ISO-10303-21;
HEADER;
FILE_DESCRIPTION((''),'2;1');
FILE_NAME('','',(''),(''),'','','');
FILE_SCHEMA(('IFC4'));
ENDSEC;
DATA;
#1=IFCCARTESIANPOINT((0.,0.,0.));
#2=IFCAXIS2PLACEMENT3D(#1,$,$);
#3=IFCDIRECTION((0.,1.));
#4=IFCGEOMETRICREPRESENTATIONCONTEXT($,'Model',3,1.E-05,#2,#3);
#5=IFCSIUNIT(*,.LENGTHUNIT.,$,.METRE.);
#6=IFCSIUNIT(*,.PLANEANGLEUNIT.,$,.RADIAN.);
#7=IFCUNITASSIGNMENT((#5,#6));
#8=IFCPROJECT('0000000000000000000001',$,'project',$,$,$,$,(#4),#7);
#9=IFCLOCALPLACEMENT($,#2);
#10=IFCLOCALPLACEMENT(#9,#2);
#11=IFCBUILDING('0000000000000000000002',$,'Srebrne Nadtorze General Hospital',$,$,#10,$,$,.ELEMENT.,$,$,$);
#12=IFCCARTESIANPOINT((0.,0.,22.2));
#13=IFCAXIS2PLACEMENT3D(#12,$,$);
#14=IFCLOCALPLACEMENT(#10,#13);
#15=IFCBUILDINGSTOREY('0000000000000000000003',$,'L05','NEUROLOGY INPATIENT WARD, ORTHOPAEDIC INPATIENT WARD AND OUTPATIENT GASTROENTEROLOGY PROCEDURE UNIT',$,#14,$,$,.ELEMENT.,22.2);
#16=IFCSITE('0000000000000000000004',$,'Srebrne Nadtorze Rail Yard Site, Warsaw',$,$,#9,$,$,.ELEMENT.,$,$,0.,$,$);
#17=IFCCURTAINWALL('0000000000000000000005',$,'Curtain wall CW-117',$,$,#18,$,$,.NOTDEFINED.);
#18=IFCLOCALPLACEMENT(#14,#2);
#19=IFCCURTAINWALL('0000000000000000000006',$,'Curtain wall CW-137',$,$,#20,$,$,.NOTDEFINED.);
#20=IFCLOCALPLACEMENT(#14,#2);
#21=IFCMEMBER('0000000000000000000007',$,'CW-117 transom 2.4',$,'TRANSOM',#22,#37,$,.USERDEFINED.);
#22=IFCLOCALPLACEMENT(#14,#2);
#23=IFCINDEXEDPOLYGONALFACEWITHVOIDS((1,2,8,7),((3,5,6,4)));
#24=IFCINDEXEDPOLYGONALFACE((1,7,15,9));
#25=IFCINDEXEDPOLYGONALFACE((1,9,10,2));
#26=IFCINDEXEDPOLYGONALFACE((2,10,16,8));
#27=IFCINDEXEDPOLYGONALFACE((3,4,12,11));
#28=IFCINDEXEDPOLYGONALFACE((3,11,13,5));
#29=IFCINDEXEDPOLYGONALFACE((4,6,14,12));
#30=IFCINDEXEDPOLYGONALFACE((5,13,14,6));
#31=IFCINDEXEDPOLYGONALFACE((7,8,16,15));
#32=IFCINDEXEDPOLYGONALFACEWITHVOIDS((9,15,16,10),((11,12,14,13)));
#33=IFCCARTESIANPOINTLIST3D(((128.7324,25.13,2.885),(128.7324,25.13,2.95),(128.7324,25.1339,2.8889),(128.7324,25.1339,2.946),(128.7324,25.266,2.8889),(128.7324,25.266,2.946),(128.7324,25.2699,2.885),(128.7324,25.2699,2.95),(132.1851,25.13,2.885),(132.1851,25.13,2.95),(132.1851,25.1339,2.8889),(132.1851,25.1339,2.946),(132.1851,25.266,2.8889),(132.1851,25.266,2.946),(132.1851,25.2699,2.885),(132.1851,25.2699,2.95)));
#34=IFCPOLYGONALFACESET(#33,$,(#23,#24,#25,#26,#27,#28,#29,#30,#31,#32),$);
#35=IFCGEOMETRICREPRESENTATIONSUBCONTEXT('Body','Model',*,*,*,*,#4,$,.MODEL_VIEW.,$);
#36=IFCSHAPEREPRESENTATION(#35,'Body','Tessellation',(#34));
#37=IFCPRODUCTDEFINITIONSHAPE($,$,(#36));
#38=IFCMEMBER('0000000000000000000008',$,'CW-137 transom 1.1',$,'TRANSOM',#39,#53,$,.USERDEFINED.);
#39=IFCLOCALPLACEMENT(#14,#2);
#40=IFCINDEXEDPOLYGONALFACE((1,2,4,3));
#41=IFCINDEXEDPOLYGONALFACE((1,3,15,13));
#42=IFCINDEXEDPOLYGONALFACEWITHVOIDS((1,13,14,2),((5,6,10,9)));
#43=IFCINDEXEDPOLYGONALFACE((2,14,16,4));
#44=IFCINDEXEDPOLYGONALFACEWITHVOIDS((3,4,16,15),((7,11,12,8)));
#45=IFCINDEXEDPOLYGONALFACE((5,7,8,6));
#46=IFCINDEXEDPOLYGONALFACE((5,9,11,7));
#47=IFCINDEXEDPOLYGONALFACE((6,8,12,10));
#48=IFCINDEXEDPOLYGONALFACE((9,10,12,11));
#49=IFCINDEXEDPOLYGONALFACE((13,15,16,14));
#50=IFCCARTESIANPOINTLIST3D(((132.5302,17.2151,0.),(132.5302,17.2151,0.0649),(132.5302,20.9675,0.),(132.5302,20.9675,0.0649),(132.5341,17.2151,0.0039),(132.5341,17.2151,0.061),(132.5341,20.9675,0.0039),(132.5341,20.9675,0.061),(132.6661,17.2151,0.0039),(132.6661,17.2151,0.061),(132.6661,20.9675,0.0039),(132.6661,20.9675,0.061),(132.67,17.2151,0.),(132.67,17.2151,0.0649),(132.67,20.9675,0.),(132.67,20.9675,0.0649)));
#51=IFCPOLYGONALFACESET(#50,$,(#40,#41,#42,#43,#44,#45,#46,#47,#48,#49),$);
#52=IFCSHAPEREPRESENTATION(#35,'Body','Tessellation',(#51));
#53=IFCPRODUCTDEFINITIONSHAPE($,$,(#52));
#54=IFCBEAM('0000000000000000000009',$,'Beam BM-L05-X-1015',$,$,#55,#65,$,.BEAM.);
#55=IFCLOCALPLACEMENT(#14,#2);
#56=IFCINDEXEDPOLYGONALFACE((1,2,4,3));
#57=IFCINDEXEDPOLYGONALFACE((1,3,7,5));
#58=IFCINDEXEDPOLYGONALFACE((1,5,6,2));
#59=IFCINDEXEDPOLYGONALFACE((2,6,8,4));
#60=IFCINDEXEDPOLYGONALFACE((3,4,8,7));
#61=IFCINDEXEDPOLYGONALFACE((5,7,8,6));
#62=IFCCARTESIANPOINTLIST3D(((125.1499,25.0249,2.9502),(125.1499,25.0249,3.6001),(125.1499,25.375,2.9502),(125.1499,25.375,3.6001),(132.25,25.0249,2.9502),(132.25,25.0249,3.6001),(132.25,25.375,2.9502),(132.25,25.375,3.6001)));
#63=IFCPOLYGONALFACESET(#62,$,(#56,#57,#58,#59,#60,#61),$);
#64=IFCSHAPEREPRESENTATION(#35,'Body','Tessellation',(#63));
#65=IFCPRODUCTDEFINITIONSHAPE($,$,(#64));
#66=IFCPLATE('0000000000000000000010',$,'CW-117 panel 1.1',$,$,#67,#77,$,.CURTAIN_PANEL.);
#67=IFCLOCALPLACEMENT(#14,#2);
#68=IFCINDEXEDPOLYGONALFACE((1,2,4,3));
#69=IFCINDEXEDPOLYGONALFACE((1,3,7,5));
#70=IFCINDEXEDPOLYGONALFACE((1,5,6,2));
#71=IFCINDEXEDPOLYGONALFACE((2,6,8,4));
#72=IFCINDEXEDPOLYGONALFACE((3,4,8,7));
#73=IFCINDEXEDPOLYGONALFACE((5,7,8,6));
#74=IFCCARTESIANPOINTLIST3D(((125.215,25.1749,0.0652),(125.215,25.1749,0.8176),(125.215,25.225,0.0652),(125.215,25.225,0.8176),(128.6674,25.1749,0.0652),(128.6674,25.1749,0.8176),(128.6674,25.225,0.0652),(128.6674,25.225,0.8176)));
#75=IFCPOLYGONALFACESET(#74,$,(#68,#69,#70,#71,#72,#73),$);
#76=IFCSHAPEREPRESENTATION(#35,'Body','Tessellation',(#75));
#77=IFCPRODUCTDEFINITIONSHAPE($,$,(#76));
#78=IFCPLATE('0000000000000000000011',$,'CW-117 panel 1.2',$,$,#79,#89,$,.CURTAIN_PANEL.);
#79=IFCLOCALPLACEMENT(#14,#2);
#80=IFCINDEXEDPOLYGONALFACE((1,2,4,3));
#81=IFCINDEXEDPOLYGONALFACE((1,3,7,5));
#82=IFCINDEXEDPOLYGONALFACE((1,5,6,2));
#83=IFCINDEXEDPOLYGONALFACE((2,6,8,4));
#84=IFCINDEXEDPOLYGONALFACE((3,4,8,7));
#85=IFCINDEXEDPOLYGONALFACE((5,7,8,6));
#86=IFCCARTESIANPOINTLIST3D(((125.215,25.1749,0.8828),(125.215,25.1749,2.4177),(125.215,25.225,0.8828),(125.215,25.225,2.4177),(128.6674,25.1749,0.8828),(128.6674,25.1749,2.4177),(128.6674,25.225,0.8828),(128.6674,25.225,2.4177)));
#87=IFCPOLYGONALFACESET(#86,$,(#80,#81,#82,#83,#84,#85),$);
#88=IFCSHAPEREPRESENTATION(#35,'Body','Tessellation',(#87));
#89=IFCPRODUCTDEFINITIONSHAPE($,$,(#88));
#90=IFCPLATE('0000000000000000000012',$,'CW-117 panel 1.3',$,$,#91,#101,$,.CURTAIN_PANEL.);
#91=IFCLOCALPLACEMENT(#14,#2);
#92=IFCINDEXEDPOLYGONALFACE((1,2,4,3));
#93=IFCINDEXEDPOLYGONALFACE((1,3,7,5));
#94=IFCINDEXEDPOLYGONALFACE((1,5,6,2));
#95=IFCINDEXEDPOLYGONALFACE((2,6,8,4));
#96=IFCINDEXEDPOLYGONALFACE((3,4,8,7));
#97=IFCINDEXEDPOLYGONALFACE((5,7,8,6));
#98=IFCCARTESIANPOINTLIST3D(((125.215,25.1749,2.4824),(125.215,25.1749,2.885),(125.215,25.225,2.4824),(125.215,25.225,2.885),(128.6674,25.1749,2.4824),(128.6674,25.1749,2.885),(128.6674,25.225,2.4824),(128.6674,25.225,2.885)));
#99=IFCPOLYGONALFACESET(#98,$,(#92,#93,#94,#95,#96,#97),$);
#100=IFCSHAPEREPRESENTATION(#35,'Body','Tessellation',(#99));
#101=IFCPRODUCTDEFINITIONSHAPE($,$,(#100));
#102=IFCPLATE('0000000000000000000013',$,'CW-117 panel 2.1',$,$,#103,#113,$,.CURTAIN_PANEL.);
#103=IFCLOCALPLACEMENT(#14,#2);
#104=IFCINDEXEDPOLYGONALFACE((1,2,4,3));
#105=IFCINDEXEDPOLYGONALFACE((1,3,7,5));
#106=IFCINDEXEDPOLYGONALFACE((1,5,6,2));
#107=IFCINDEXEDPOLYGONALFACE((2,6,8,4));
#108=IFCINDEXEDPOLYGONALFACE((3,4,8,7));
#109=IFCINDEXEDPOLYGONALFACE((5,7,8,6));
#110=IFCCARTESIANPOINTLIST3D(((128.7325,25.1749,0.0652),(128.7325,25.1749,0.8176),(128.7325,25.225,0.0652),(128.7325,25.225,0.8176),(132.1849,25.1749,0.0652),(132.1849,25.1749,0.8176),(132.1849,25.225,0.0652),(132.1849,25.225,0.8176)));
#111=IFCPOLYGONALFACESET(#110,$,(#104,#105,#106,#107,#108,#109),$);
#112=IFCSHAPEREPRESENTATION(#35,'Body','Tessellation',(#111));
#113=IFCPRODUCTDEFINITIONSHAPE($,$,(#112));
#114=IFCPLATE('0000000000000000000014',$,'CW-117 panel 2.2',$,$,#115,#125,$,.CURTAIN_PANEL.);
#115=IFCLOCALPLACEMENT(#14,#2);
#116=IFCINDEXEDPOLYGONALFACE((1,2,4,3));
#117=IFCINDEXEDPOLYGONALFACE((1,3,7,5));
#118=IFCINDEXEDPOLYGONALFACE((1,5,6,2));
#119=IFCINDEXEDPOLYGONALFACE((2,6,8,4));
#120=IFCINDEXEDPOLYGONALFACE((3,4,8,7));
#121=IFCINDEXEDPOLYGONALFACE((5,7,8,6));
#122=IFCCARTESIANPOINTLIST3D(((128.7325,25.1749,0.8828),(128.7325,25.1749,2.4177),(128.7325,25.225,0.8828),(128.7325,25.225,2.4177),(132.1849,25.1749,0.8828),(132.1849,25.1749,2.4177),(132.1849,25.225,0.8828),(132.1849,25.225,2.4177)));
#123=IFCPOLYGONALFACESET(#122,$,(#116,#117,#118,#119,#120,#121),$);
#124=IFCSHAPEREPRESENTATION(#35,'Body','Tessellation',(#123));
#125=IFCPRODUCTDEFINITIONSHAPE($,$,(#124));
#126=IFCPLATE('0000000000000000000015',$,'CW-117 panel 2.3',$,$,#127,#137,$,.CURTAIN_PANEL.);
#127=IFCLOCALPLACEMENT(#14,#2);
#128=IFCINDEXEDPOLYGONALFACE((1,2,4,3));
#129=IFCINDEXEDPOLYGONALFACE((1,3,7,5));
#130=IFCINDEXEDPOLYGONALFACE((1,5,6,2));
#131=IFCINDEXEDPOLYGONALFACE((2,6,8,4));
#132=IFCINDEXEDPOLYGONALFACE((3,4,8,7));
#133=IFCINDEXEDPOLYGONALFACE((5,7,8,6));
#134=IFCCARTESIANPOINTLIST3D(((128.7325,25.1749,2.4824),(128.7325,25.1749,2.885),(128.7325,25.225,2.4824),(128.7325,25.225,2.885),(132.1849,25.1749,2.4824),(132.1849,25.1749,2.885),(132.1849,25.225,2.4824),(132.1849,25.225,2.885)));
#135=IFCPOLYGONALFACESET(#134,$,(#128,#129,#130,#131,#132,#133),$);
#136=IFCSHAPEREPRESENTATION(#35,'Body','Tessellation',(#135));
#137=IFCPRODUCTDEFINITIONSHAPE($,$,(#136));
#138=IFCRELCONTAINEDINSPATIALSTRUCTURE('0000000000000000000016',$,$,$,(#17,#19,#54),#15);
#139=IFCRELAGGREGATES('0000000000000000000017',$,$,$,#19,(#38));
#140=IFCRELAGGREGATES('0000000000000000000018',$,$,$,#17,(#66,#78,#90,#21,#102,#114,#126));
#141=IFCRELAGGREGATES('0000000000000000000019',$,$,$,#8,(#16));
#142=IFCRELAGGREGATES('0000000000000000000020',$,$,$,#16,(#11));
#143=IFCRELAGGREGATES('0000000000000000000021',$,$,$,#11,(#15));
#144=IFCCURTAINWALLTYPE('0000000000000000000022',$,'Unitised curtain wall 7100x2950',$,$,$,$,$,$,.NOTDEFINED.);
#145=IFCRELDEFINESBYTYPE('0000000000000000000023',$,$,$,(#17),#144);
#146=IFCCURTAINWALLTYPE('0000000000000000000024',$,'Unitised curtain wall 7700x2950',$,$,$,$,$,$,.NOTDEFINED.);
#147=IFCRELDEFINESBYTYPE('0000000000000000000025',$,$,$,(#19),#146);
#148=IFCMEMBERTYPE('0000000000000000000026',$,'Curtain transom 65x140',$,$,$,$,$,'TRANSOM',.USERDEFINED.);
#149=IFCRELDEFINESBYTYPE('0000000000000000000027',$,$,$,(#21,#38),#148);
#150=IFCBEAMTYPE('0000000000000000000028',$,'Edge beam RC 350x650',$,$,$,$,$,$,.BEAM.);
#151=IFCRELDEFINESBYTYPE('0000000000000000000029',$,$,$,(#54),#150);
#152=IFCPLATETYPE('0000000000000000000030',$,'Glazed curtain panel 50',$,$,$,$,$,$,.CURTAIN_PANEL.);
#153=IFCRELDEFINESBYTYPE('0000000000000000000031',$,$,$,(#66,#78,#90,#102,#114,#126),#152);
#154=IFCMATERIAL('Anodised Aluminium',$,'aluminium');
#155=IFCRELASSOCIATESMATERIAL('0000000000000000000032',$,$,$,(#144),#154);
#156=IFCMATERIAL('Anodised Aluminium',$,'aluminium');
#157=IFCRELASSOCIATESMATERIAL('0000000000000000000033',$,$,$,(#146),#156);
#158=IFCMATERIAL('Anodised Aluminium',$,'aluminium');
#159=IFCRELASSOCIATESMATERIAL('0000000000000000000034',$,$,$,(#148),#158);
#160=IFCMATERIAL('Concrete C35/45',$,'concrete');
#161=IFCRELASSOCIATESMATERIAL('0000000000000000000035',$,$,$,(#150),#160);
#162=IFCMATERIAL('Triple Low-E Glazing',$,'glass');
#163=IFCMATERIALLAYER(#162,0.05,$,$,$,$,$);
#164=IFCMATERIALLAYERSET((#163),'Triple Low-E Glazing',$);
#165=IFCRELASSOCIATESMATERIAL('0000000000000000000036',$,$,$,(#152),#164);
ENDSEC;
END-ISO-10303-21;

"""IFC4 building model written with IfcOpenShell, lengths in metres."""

from ifc_helpers import new_model, si_unit, direction, frame, origin, origin_2d, place, context, subcontext, project, spatial, rectangle, hollow_rectangle, extrude, material, layer, layer_set, material_profile, profile_set, type_object, element, aggregate, save


model = new_model("IFC4")

# Units and contexts
model_context = context("Model", 3, precision=1e-05, world=origin(), true_north=direction((0.0, 1.0)))
body_context = subcontext(model_context, "Body", "Model", "MODEL_VIEW")
ifc_project = project(units=[si_unit("LENGTHUNIT", "METRE"), si_unit("PLANEANGLEUNIT", "RADIAN")], contexts=[model_context])

# Site, building, storey
site_placement = place(None, origin())
site = spatial("IfcSite", under=ifc_project, at=site_placement, Name="Srebrne Nadtorze Rail Yard Site, Warsaw", CompositionType="ELEMENT", RefElevation=0.0)
building_placement = place(site_placement, origin())
building = spatial("IfcBuilding", under=site, at=building_placement, Name="Srebrne Nadtorze General Hospital", CompositionType="ELEMENT")
storey_placement = place(building_placement, frame((0.0, 0.0, 22.2)))
storey = spatial("IfcBuildingStorey", under=building, at=storey_placement, Name="L05", Description="NEUROLOGY INPATIENT WARD, ORTHOPAEDIC INPATIENT WARD AND OUTPATIENT GASTROENTEROLOGY PROCEDURE UNIT", CompositionType="ELEMENT", Elevation=22.2)

# Curtain wall
ifc_material_1 = material(Name="Anodised Aluminium", Category="aluminium")
curtain_wall_type_1 = type_object("IfcCurtainWallType", Name="Unitised curtain wall 7100x2950", PredefinedType="NOTDEFINED", material=ifc_material_1)
curtain_wall_1_placement = place(storey_placement, origin())
curtain_wall_1 = element("IfcCurtainWall", 1, at=curtain_wall_1_placement, inside=storey, type_object=curtain_wall_type_1, Name="Curtain wall CW-117", PredefinedType="NOTDEFINED")

# Curtain wall
ifc_material_2 = material(Name="Anodised Aluminium", Category="aluminium")
curtain_wall_type_2 = type_object("IfcCurtainWallType", Name="Unitised curtain wall 7700x2950", PredefinedType="NOTDEFINED", material=ifc_material_2)
curtain_wall_2_placement = place(storey_placement, origin())
curtain_wall_2 = element("IfcCurtainWall", 2, at=curtain_wall_2_placement, inside=storey, type_object=curtain_wall_type_2, Name="Curtain wall CW-137", PredefinedType="NOTDEFINED")

# Members
ifc_material_3 = material(Name="Anodised Aluminium", Category="aluminium")
ifc_material_profile_1 = material_profile(ifc_material_3, hollow_rectangle(XDim=0.0649, YDim=0.1399, WallThickness=0.0039, at=origin_2d()), Name="AL-TRN-65x140")
ifc_profile_set_1 = profile_set([ifc_material_profile_1], Name="Anodised Aluminium")
member_type_1 = type_object("IfcMemberType", Name="Curtain transom 65x140", ElementType="TRANSOM", PredefinedType="USERDEFINED", material=ifc_profile_set_1)
member_1_placement = place(storey_placement, frame((128.7324, 25.2, 2.9175), z_axis=(1.0, 0.0, 0.0), x_axis=(0.0, 0.0, 1.0)))
member_1 = element("IfcMember", 3, at=member_1_placement, type_object=member_type_1, Name="CW-117 transom 2.4", ObjectType="TRANSOM", PredefinedType="USERDEFINED", context=body_context, shape_type="SweptSolid", body=[
    extrude(hollow_rectangle(XDim=0.0649, YDim=0.1399, WallThickness=0.0039, at=origin_2d()), origin(), (0.0, 0.0, 1.0), 3.4526),
])
member_2_placement = place(storey_placement, frame((132.6001, 17.2151, 0.0325), z_axis=(0.0, 1.0, 0.0), x_axis=(0.0, 0.0, 1.0)))
member_2 = element("IfcMember", 4, at=member_2_placement, type_object=member_type_1, Name="CW-137 transom 1.1", ObjectType="TRANSOM", PredefinedType="USERDEFINED", context=body_context, shape_type="SweptSolid", body=[
    extrude(hollow_rectangle(XDim=0.0649, YDim=0.1399, WallThickness=0.0039, at=origin_2d()), origin(), (0.0, 0.0, 1.0), 3.7524),
])
aggregate(curtain_wall_2, [member_2])

# Beam
ifc_material_4 = material(Name="Concrete C35/45", Category="concrete")
ifc_material_profile_2 = material_profile(ifc_material_4, rectangle(XDim=0.3501, YDim=0.6499, at=origin_2d()), Name="RC-BM-350x650")
ifc_profile_set_2 = profile_set([ifc_material_profile_2], Name="Concrete C35/45")
beam_type = type_object("IfcBeamType", Name="Edge beam RC 350x650", PredefinedType="BEAM", material=ifc_profile_set_2)
beam_placement = place(storey_placement, frame((125.1499, 25.2, 3.2751), z_axis=(1.0, 0.0, 0.0), x_axis=(0.0, 1.0, 0.0)))
element("IfcBeam", 5, at=beam_placement, inside=storey, type_object=beam_type, Name="Beam BM-L05-X-1015", PredefinedType="BEAM", context=body_context, shape_type="SweptSolid", body=[
    extrude(rectangle(XDim=0.3501, YDim=0.6499, at=origin_2d()), origin(), (0.0, 0.0, 1.0), 7.1001),
])

# Plates
ifc_material_5 = material(Name="Triple Low-E Glazing", Category="glass")
ifc_layer = layer(ifc_material_5, 0.05)
ifc_layer_set = layer_set([ifc_layer], Name="Triple Low-E Glazing")
plate_type = type_object("IfcPlateType", Name="Glazed curtain panel 50", PredefinedType="CURTAIN_PANEL", material=ifc_layer_set)
plate_1_placement = place(storey_placement, frame((126.9412, 25.2, 0.0652), z_axis=(0.0, 0.0, 1.0), x_axis=(1.0, 0.0, 0.0)))
plate_1 = element("IfcPlate", 6, at=plate_1_placement, type_object=plate_type, Name="CW-117 panel 1.1", PredefinedType="CURTAIN_PANEL", context=body_context, shape_type="SweptSolid", body=[
    extrude(rectangle(XDim=3.4524, YDim=0.05, at=origin_2d()), origin(), (0.0, 0.0, 1.0), 0.7524),
])
plate_2_placement = place(storey_placement, frame((126.9412, 25.2, 0.8828), z_axis=(0.0, 0.0, 1.0), x_axis=(1.0, 0.0, 0.0)))
plate_2 = element("IfcPlate", 7, at=plate_2_placement, type_object=plate_type, Name="CW-117 panel 1.2", PredefinedType="CURTAIN_PANEL", context=body_context, shape_type="SweptSolid", body=[
    extrude(rectangle(XDim=3.4524, YDim=0.05, at=origin_2d()), origin(), (0.0, 0.0, 1.0), 1.5349),
])
plate_3_placement = place(storey_placement, frame((126.9412, 25.2, 2.4824), z_axis=(0.0, 0.0, 1.0), x_axis=(1.0, 0.0, 0.0)))
plate_3 = element("IfcPlate", 8, at=plate_3_placement, type_object=plate_type, Name="CW-117 panel 1.3", PredefinedType="CURTAIN_PANEL", context=body_context, shape_type="SweptSolid", body=[
    extrude(rectangle(XDim=3.4524, YDim=0.05, at=origin_2d()), origin(), (0.0, 0.0, 1.0), 0.4026),
])
plate_4_placement = place(storey_placement, frame((130.4587, 25.2, 0.0652), z_axis=(0.0, 0.0, 1.0), x_axis=(1.0, 0.0, 0.0)))
plate_4 = element("IfcPlate", 9, at=plate_4_placement, type_object=plate_type, Name="CW-117 panel 2.1", PredefinedType="CURTAIN_PANEL", context=body_context, shape_type="SweptSolid", body=[
    extrude(rectangle(XDim=3.4524, YDim=0.05, at=origin_2d()), origin(), (0.0, 0.0, 1.0), 0.7524),
])
plate_5_placement = place(storey_placement, frame((130.4587, 25.2, 0.8828), z_axis=(0.0, 0.0, 1.0), x_axis=(1.0, 0.0, 0.0)))
plate_5 = element("IfcPlate", 10, at=plate_5_placement, type_object=plate_type, Name="CW-117 panel 2.2", PredefinedType="CURTAIN_PANEL", context=body_context, shape_type="SweptSolid", body=[
    extrude(rectangle(XDim=3.4524, YDim=0.05, at=origin_2d()), origin(), (0.0, 0.0, 1.0), 1.5349),
])
plate_6_placement = place(storey_placement, frame((130.4587, 25.2, 2.4824), z_axis=(0.0, 0.0, 1.0), x_axis=(1.0, 0.0, 0.0)))
plate_6 = element("IfcPlate", 11, at=plate_6_placement, type_object=plate_type, Name="CW-117 panel 2.3", PredefinedType="CURTAIN_PANEL", context=body_context, shape_type="SweptSolid", body=[
    extrude(rectangle(XDim=3.4524, YDim=0.05, at=origin_2d()), origin(), (0.0, 0.0, 1.0), 0.4026),
])
aggregate(curtain_wall_1, [plate_1, plate_2, plate_3, member_1, plate_4, plate_5, plate_6])

save(model, "model.ifc")
